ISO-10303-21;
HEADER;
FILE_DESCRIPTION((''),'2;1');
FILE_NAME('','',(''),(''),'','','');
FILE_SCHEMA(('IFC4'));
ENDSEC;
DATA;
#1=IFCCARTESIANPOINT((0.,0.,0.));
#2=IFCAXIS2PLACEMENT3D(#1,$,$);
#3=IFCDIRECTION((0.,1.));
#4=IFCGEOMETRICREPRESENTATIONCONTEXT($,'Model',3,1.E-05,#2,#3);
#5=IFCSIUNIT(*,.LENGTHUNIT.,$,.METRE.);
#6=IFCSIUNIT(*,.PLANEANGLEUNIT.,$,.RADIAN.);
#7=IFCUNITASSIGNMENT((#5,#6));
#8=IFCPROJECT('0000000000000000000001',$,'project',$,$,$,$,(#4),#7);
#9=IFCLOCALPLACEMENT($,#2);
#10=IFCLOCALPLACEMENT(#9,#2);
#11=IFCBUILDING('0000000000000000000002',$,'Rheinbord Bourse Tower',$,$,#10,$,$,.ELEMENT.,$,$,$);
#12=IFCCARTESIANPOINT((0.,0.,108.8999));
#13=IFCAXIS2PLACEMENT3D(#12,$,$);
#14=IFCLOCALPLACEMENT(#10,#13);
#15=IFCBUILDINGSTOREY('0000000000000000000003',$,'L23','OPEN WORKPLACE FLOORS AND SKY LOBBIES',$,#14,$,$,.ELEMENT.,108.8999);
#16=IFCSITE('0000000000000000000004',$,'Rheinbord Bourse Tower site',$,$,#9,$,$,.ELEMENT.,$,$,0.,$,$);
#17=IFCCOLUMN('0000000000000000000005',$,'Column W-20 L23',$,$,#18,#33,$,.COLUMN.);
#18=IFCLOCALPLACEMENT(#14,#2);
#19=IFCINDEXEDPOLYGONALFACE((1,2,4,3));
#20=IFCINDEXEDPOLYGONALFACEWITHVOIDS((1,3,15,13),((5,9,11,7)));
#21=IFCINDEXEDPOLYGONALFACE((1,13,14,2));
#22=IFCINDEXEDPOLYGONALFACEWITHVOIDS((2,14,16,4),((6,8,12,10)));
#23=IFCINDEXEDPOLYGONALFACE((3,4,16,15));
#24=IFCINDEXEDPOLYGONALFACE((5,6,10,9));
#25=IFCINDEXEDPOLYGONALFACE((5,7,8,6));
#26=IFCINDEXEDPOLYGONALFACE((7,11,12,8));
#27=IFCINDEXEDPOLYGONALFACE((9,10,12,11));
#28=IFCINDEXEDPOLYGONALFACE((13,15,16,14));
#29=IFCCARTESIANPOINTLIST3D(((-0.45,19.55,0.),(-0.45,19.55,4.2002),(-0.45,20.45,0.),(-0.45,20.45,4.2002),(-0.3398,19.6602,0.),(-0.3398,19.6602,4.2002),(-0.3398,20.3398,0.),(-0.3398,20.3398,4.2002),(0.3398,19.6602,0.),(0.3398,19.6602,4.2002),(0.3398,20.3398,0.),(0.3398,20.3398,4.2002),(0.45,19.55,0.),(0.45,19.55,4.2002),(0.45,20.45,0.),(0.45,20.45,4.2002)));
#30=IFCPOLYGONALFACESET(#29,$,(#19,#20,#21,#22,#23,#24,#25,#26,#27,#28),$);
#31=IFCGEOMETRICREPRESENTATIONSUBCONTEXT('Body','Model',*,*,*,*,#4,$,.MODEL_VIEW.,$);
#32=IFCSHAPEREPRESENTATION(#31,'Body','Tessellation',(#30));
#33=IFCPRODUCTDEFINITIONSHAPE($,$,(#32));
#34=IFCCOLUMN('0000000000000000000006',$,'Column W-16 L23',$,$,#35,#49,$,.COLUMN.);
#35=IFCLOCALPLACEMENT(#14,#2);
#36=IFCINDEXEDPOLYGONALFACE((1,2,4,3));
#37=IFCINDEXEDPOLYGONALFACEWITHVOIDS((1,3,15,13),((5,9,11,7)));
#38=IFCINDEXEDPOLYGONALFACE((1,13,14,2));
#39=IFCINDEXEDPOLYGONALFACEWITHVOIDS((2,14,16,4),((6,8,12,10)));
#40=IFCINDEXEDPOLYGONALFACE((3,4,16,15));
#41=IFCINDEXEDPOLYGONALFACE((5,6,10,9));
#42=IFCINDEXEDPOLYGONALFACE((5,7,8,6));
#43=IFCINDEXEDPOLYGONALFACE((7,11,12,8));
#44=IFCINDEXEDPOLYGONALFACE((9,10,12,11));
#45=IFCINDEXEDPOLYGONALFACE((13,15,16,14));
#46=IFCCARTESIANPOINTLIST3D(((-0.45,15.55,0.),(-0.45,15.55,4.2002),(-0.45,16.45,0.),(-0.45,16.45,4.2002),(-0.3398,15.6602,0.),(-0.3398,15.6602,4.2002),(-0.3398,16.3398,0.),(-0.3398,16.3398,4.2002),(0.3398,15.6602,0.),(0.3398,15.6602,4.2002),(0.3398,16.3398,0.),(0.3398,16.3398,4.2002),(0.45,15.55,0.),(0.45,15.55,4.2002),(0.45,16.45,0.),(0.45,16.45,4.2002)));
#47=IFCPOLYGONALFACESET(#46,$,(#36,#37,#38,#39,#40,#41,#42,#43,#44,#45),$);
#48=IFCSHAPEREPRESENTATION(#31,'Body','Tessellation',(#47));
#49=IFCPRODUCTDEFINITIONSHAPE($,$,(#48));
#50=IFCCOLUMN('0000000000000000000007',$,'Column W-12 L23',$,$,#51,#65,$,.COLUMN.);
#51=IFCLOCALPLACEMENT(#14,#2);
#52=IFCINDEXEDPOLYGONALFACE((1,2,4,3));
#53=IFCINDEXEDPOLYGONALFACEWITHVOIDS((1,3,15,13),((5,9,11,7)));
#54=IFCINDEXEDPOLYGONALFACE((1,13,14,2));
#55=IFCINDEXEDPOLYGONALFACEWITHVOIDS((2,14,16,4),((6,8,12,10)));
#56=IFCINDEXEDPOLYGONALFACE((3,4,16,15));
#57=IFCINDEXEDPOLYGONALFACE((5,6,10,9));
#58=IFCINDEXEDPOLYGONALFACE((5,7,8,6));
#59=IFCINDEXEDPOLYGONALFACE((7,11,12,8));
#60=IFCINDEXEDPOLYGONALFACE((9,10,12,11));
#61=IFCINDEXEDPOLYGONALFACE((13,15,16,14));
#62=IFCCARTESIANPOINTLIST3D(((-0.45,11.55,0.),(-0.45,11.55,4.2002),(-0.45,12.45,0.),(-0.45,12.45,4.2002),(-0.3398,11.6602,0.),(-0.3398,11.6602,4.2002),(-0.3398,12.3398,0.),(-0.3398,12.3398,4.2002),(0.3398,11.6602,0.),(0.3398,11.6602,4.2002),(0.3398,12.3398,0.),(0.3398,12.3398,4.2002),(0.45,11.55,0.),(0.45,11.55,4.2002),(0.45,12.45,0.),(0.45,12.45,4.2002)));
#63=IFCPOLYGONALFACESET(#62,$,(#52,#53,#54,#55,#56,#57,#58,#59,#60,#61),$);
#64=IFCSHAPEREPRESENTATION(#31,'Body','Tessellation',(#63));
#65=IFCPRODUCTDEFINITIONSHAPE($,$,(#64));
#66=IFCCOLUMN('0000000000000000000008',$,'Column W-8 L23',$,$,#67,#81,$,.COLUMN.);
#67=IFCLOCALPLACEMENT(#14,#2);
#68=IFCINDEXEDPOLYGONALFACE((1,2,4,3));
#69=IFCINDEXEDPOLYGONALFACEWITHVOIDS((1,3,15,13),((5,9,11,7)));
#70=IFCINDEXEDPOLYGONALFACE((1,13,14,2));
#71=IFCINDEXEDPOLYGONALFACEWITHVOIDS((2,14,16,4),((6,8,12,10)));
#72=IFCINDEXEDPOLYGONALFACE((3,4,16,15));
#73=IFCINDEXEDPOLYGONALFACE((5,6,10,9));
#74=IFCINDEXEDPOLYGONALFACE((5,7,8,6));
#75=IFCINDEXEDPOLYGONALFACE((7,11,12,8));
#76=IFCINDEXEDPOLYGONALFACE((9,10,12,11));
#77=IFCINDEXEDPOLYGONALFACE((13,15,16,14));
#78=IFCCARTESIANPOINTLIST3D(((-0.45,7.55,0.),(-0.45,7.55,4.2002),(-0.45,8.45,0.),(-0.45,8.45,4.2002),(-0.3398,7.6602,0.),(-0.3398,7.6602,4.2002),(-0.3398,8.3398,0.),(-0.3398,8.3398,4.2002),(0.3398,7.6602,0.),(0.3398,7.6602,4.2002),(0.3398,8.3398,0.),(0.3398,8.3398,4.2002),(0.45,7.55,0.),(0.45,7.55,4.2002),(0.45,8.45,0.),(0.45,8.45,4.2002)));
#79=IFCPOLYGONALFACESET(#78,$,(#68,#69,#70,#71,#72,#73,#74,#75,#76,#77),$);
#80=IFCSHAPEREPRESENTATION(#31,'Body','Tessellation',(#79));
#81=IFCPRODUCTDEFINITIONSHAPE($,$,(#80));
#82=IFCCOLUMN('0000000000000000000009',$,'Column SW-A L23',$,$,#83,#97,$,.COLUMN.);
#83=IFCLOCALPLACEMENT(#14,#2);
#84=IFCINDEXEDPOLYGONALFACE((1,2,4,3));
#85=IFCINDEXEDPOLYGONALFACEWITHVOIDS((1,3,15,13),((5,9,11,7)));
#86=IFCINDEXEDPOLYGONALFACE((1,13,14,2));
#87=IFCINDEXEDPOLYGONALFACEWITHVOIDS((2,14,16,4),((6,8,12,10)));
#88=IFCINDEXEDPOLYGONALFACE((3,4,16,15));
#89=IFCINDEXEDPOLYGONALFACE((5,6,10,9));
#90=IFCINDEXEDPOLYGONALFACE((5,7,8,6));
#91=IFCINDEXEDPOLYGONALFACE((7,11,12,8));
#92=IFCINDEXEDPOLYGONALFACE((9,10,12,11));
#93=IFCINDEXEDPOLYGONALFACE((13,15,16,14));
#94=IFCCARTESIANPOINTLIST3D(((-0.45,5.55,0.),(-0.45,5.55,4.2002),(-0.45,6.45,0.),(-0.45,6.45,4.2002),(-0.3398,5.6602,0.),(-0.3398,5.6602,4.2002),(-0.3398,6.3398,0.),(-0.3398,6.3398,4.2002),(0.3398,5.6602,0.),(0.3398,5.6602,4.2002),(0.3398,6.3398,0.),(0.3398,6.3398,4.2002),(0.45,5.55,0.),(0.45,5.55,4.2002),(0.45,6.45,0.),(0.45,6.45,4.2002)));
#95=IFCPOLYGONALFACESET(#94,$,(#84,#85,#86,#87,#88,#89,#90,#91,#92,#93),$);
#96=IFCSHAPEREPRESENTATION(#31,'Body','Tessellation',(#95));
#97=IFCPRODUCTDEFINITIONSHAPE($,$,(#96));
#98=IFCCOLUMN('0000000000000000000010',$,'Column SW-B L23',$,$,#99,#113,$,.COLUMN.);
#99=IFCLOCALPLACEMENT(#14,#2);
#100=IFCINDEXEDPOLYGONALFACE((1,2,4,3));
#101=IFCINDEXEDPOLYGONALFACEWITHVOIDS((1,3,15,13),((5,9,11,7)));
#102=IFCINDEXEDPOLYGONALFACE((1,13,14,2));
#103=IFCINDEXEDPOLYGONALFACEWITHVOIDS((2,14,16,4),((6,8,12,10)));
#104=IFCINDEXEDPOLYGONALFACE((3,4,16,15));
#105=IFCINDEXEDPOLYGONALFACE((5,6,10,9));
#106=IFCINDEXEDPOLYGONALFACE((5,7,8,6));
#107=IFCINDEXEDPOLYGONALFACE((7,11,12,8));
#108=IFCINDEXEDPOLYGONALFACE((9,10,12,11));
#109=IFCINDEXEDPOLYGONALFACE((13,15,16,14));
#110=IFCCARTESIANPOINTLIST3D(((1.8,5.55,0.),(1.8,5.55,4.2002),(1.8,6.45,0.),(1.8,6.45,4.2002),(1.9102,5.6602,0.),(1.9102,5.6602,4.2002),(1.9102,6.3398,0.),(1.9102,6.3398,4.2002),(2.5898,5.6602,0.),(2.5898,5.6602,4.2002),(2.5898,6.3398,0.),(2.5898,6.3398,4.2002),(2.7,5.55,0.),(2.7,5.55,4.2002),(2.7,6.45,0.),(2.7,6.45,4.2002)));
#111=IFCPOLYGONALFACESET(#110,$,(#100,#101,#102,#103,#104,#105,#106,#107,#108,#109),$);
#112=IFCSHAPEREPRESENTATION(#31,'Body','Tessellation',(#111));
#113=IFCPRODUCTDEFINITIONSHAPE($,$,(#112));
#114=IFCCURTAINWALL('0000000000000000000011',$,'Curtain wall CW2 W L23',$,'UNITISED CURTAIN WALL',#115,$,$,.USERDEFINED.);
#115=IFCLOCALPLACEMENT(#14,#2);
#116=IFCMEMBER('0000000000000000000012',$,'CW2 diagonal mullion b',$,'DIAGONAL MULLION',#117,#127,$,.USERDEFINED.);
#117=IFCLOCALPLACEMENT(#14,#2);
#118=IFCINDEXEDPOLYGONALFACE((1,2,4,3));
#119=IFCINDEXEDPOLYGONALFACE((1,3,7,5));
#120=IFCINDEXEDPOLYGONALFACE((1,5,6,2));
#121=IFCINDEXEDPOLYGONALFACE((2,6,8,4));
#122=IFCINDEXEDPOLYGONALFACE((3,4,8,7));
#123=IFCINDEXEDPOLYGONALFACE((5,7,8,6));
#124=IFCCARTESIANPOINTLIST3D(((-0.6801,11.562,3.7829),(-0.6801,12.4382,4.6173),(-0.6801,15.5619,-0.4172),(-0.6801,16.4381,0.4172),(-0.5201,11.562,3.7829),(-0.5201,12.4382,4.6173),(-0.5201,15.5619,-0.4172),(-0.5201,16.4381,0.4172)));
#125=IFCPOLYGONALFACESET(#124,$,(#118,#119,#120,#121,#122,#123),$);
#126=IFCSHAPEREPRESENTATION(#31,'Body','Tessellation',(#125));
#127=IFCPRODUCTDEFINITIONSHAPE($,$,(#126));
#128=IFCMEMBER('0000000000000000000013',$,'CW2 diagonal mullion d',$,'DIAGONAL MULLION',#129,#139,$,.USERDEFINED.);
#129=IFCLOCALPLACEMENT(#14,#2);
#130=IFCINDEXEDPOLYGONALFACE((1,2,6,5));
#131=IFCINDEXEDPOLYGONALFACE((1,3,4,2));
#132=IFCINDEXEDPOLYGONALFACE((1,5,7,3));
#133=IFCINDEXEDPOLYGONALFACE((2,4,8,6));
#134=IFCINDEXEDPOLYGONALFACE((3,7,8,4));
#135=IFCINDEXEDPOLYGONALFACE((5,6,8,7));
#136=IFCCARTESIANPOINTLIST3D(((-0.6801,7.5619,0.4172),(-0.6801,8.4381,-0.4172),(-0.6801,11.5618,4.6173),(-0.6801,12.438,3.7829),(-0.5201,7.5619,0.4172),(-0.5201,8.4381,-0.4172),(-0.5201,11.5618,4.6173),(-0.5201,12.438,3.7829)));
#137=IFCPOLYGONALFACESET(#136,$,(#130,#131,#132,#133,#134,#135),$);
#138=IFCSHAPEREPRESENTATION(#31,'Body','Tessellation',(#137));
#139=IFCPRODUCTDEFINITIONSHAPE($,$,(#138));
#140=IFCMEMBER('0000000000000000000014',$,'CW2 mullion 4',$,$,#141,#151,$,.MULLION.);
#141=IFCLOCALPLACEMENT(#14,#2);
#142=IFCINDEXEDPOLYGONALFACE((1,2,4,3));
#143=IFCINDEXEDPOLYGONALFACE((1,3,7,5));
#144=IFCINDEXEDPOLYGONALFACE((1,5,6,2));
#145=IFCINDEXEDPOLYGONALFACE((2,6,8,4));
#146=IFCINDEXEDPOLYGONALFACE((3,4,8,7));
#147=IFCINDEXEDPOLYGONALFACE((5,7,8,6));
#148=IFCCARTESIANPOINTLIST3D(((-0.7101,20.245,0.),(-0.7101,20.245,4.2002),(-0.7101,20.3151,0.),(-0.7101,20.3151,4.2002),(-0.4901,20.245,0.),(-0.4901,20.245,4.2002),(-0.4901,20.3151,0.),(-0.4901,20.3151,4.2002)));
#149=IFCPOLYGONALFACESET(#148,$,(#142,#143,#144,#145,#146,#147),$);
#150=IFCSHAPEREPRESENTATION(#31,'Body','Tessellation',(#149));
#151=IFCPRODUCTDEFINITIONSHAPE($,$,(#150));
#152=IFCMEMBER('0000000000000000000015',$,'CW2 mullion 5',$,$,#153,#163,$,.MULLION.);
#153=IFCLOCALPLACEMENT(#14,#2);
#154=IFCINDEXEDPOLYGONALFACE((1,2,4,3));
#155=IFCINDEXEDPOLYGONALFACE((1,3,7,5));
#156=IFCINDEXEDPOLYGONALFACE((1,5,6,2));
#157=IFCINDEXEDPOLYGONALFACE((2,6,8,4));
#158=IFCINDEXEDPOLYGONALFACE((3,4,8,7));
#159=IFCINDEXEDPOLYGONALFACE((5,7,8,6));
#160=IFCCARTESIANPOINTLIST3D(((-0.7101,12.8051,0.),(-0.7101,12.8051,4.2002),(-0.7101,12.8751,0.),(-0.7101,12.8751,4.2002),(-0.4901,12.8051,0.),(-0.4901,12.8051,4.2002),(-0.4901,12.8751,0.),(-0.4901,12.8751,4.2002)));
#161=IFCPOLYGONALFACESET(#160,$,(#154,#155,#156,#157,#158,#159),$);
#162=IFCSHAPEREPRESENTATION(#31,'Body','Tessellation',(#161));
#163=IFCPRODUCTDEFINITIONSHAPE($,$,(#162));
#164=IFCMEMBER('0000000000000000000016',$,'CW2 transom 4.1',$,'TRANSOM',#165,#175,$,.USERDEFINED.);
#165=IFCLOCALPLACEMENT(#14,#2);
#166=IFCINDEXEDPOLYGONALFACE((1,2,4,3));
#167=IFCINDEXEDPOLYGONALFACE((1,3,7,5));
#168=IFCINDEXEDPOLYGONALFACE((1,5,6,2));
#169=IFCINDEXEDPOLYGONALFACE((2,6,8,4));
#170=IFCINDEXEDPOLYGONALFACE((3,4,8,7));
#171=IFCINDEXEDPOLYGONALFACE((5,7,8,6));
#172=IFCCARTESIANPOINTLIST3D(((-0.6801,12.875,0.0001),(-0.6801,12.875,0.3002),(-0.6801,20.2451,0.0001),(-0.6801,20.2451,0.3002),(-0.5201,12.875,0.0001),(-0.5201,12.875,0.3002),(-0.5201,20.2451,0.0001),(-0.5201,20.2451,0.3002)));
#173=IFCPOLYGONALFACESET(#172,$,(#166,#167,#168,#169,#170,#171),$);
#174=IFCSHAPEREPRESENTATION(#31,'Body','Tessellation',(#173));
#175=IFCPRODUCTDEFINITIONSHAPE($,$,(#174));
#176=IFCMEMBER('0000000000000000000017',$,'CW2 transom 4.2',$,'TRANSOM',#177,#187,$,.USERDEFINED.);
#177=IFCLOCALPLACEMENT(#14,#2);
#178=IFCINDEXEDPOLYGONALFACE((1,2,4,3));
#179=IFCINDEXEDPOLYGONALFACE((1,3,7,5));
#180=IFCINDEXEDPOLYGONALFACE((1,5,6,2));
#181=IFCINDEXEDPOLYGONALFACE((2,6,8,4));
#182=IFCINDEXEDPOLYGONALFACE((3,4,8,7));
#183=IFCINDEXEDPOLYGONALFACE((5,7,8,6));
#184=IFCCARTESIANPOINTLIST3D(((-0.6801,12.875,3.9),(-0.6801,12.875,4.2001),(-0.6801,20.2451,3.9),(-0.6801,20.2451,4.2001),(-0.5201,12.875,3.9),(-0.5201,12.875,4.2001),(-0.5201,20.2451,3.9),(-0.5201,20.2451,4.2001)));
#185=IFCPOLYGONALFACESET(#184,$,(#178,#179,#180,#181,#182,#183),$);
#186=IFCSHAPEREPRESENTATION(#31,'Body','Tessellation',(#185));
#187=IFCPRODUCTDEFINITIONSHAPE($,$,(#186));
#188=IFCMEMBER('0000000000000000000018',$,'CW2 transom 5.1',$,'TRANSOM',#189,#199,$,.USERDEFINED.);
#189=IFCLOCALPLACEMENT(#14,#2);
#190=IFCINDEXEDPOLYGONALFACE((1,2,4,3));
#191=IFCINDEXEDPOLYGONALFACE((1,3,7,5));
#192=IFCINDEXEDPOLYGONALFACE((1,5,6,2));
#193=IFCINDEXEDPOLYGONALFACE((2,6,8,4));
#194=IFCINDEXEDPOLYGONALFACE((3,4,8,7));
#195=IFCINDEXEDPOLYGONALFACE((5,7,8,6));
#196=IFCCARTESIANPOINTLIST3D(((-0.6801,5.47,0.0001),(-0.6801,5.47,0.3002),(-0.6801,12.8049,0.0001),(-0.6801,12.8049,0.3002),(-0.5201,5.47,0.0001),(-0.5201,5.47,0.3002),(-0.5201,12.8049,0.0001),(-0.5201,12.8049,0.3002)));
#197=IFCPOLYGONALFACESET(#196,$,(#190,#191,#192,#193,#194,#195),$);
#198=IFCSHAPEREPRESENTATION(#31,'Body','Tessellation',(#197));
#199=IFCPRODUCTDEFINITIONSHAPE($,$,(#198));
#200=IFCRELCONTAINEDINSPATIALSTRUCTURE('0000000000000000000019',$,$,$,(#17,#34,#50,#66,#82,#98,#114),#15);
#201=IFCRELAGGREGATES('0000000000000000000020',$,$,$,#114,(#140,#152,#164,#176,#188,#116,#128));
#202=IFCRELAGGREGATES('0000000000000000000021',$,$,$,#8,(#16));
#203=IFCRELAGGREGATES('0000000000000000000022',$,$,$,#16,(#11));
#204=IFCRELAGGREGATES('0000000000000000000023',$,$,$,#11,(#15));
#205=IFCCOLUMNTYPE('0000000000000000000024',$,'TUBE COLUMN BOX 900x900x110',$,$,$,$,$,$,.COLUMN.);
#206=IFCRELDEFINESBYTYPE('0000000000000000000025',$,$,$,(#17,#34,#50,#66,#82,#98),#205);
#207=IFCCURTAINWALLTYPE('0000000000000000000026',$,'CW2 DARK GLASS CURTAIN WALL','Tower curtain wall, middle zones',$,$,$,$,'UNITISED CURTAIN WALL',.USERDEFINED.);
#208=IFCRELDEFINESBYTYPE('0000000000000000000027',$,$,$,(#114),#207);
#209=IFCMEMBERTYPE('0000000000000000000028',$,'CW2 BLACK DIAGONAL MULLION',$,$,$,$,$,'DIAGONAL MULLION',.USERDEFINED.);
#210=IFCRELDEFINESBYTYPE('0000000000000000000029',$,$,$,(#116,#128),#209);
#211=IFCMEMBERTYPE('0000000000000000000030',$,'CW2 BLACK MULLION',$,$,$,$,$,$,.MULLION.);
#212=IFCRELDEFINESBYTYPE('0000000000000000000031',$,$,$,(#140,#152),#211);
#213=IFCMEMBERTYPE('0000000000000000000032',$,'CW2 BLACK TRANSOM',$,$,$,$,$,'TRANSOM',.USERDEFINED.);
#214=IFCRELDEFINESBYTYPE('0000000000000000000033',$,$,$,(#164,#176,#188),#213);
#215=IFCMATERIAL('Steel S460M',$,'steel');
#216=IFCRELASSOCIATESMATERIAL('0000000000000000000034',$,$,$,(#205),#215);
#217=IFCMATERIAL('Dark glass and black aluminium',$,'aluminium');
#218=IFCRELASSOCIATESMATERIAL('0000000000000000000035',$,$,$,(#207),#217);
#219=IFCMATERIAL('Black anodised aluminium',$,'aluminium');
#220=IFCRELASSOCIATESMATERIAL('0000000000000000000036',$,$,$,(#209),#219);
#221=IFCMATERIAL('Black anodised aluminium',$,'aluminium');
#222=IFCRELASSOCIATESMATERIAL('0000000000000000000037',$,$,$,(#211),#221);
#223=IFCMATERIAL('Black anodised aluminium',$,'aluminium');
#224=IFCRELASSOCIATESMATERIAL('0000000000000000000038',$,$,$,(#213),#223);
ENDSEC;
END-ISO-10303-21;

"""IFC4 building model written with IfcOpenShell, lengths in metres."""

from ifc_helpers import new_model, si_unit, direction, frame, origin, origin_2d, place, context, subcontext, project, spatial, rectangle, hollow_rectangle, extrude, material, material_profile, profile_set, type_object, element, aggregate, save


model = new_model("IFC4")

# Units and contexts
model_context = context("Model", 3, precision=1e-05, world=origin(), true_north=direction((0.0, 1.0)))
body_context = subcontext(model_context, "Body", "Model", "MODEL_VIEW")
ifc_project = project(units=[si_unit("LENGTHUNIT", "METRE"), si_unit("PLANEANGLEUNIT", "RADIAN")], contexts=[model_context])

# Site, building, storey
site_placement = place(None, origin())
site = spatial("IfcSite", under=ifc_project, at=site_placement, Name="Rheinbord Bourse Tower site", CompositionType="ELEMENT", RefElevation=0.0)
building_placement = place(site_placement, origin())
building = spatial("IfcBuilding", under=site, at=building_placement, Name="Rheinbord Bourse Tower", CompositionType="ELEMENT")
storey_placement = place(building_placement, frame((0.0, 0.0, 108.8999)))
storey = spatial("IfcBuildingStorey", under=building, at=storey_placement, Name="L23", Description="OPEN WORKPLACE FLOORS AND SKY LOBBIES", CompositionType="ELEMENT", Elevation=108.8999)

# Columns
ifc_material_1 = material(Name="Steel S460M", Category="steel")
ifc_material_profile_1 = material_profile(ifc_material_1, hollow_rectangle(XDim=0.8999, YDim=0.8999, WallThickness=0.1101, at=origin_2d()), Name="BOX 900x900x110")
ifc_profile_set_1 = profile_set([ifc_material_profile_1], Name="Steel S460M")
column_type = type_object("IfcColumnType", Name="TUBE COLUMN BOX 900x900x110", PredefinedType="COLUMN", material=ifc_profile_set_1)
for number, where, z_axis, x_axis, name in (
    (1, (0.0, 20.0, 0.0), (0.0, 0.0, 1.0), (1.0, 0.0, 0.0), "Column W-20 L23"),
    (2, (0.0, 16.0, 0.0), (0.0, 0.0, 1.0), (1.0, 0.0, 0.0), "Column W-16 L23"),
    (3, (0.0, 12.0, 0.0), (0.0, 0.0, 1.0), (1.0, 0.0, 0.0), "Column W-12 L23"),
    (4, (0.0, 8.0, 0.0), (0.0, 0.0, 1.0), (1.0, 0.0, 0.0), "Column W-8 L23"),
    (5, (0.0, 6.0, 0.0), (0.0, 0.0, 1.0), (1.0, 0.0, 0.0), "Column SW-A L23"),
    (6, (2.25, 6.0, 0.0), (0.0, 0.0, 1.0), (1.0, 0.0, 0.0), "Column SW-B L23"),
):
    element("IfcColumn", number, at=place(storey_placement, frame(where, z_axis=z_axis, x_axis=x_axis)), inside=storey, type_object=column_type, Name=name, PredefinedType="COLUMN", context=body_context, shape_type="SweptSolid", body=[
        extrude(hollow_rectangle(XDim=0.8999, YDim=0.8999, WallThickness=0.1101, at=origin_2d()), origin(), (0.0, 0.0, 1.0), 4.2002),
    ])

# Curtain wall, members
ifc_material_2 = material(Name="Dark glass and black aluminium", Category="aluminium")
curtain_wall_type = type_object("IfcCurtainWallType", Name="CW2 DARK GLASS CURTAIN WALL", Description="Tower curtain wall, middle zones", ElementType="UNITISED CURTAIN WALL", PredefinedType="USERDEFINED", material=ifc_material_2)
curtain_wall_placement = place(storey_placement, origin())
curtain_wall = element("IfcCurtainWall", 7, at=curtain_wall_placement, inside=storey, type_object=curtain_wall_type, Name="Curtain wall CW2 W L23", ObjectType="UNITISED CURTAIN WALL", PredefinedType="USERDEFINED")
ifc_material_3 = material(Name="Black anodised aluminium", Category="aluminium")
ifc_material_profile_2 = material_profile(ifc_material_3, rectangle(XDim=0.1599, YDim=1.21, at=origin_2d()), Name="CW2 DIAGONAL MULLION 1210x160")
ifc_profile_set_2 = profile_set([ifc_material_profile_2], Name="Black anodised aluminium")
member_type_1 = type_object("IfcMemberType", Name="CW2 BLACK DIAGONAL MULLION", ElementType="DIAGONAL MULLION", PredefinedType="USERDEFINED", material=ifc_profile_set_2)
member_1_placement = place(storey_placement, frame((-0.6001, 16.0, 0.0), z_axis=(0.0, -0.689638, 0.724154), x_axis=(1.0, 0.0, 0.0)))
member_1 = element("IfcMember", 8, at=member_1_placement, type_object=member_type_1, Name="CW2 diagonal mullion b", ObjectType="DIAGONAL MULLION", PredefinedType="USERDEFINED", context=body_context, shape_type="SweptSolid", body=[
    extrude(rectangle(XDim=0.1599, YDim=1.21, at=origin_2d()), origin(), (0.0, 0.0, 1.0), 5.8),
])
member_2_placement = place(storey_placement, frame((-0.6001, 8.0, 0.0), z_axis=(0.0, 0.689638, 0.724154), x_axis=(-1.0, 0.0, 0.0)))
member_2 = element("IfcMember", 9, at=member_2_placement, type_object=member_type_1, Name="CW2 diagonal mullion d", ObjectType="DIAGONAL MULLION", PredefinedType="USERDEFINED", context=body_context, shape_type="SweptSolid", body=[
    extrude(rectangle(XDim=0.1599, YDim=1.21, at=origin_2d()), origin(), (0.0, 0.0, 1.0), 5.8),
])
ifc_material_4 = material(Name="Black anodised aluminium", Category="aluminium")
ifc_material_profile_3 = material_profile(ifc_material_4, rectangle(XDim=0.22, YDim=0.0701, at=origin_2d()), Name="CW2 MULLION 70x220")
ifc_profile_set_3 = profile_set([ifc_material_profile_3], Name="Black anodised aluminium")
member_type_2 = type_object("IfcMemberType", Name="CW2 BLACK MULLION", PredefinedType="MULLION", material=ifc_profile_set_3)
member_3_placement = place(storey_placement, frame((-0.6001, 20.28, 0.0), z_axis=(0.0, 0.0, 1.0), x_axis=(1.0, 0.0, 0.0)))
member_3 = element("IfcMember", 10, at=member_3_placement, type_object=member_type_2, Name="CW2 mullion 4", PredefinedType="MULLION", context=body_context, shape_type="SweptSolid", body=[
    extrude(rectangle(XDim=0.22, YDim=0.0701, at=origin_2d()), origin(), (0.0, 0.0, 1.0), 4.2002),
])
member_4_placement = place(storey_placement, frame((-0.6001, 12.8401, 0.0), z_axis=(0.0, 0.0, 1.0), x_axis=(1.0, 0.0, 0.0)))
member_4 = element("IfcMember", 11, at=member_4_placement, type_object=member_type_2, Name="CW2 mullion 5", PredefinedType="MULLION", context=body_context, shape_type="SweptSolid", body=[
    extrude(rectangle(XDim=0.22, YDim=0.0701, at=origin_2d()), origin(), (0.0, 0.0, 1.0), 4.2002),
])
ifc_material_5 = material(Name="Black anodised aluminium", Category="aluminium")
ifc_material_profile_4 = material_profile(ifc_material_5, rectangle(XDim=0.1599, YDim=0.3, at=origin_2d()), Name="CW2 TRANSOM 300x160")
ifc_profile_set_4 = profile_set([ifc_material_profile_4], Name="Black anodised aluminium")
member_type_3 = type_object("IfcMemberType", Name="CW2 BLACK TRANSOM", ElementType="TRANSOM", PredefinedType="USERDEFINED", material=ifc_profile_set_4)
member_5_placement = place(storey_placement, frame((-0.6001, 20.2451, 0.1501), z_axis=(0.0, -1.0, 0.0), x_axis=(1.0, 0.0, 0.0)))
member_5 = element("IfcMember", 12, at=member_5_placement, type_object=member_type_3, Name="CW2 transom 4.1", ObjectType="TRANSOM", PredefinedType="USERDEFINED", context=body_context, shape_type="SweptSolid", body=[
    extrude(rectangle(XDim=0.1599, YDim=0.3, at=origin_2d()), origin(), (0.0, 0.0, 1.0), 7.3701),
])
member_6_placement = place(storey_placement, frame((-0.6001, 20.2451, 4.05), z_axis=(0.0, -1.0, 0.0), x_axis=(1.0, 0.0, 0.0)))
member_6 = element("IfcMember", 13, at=member_6_placement, type_object=member_type_3, Name="CW2 transom 4.2", ObjectType="TRANSOM", PredefinedType="USERDEFINED", context=body_context, shape_type="SweptSolid", body=[
    extrude(rectangle(XDim=0.1599, YDim=0.3, at=origin_2d()), origin(), (0.0, 0.0, 1.0), 7.3701),
])
member_7_placement = place(storey_placement, frame((-0.6001, 12.8049, 0.1501), z_axis=(0.0, -1.0, 0.0), x_axis=(1.0, 0.0, 0.0)))
member_7 = element("IfcMember", 14, at=member_7_placement, type_object=member_type_3, Name="CW2 transom 5.1", ObjectType="TRANSOM", PredefinedType="USERDEFINED", context=body_context, shape_type="SweptSolid", body=[
    extrude(rectangle(XDim=0.1599, YDim=0.3, at=origin_2d()), origin(), (0.0, 0.0, 1.0), 7.335),
])

aggregate(curtain_wall, [member_3, member_4, member_5, member_6, member_7, member_1, member_2])

save(model, "model.ifc")
